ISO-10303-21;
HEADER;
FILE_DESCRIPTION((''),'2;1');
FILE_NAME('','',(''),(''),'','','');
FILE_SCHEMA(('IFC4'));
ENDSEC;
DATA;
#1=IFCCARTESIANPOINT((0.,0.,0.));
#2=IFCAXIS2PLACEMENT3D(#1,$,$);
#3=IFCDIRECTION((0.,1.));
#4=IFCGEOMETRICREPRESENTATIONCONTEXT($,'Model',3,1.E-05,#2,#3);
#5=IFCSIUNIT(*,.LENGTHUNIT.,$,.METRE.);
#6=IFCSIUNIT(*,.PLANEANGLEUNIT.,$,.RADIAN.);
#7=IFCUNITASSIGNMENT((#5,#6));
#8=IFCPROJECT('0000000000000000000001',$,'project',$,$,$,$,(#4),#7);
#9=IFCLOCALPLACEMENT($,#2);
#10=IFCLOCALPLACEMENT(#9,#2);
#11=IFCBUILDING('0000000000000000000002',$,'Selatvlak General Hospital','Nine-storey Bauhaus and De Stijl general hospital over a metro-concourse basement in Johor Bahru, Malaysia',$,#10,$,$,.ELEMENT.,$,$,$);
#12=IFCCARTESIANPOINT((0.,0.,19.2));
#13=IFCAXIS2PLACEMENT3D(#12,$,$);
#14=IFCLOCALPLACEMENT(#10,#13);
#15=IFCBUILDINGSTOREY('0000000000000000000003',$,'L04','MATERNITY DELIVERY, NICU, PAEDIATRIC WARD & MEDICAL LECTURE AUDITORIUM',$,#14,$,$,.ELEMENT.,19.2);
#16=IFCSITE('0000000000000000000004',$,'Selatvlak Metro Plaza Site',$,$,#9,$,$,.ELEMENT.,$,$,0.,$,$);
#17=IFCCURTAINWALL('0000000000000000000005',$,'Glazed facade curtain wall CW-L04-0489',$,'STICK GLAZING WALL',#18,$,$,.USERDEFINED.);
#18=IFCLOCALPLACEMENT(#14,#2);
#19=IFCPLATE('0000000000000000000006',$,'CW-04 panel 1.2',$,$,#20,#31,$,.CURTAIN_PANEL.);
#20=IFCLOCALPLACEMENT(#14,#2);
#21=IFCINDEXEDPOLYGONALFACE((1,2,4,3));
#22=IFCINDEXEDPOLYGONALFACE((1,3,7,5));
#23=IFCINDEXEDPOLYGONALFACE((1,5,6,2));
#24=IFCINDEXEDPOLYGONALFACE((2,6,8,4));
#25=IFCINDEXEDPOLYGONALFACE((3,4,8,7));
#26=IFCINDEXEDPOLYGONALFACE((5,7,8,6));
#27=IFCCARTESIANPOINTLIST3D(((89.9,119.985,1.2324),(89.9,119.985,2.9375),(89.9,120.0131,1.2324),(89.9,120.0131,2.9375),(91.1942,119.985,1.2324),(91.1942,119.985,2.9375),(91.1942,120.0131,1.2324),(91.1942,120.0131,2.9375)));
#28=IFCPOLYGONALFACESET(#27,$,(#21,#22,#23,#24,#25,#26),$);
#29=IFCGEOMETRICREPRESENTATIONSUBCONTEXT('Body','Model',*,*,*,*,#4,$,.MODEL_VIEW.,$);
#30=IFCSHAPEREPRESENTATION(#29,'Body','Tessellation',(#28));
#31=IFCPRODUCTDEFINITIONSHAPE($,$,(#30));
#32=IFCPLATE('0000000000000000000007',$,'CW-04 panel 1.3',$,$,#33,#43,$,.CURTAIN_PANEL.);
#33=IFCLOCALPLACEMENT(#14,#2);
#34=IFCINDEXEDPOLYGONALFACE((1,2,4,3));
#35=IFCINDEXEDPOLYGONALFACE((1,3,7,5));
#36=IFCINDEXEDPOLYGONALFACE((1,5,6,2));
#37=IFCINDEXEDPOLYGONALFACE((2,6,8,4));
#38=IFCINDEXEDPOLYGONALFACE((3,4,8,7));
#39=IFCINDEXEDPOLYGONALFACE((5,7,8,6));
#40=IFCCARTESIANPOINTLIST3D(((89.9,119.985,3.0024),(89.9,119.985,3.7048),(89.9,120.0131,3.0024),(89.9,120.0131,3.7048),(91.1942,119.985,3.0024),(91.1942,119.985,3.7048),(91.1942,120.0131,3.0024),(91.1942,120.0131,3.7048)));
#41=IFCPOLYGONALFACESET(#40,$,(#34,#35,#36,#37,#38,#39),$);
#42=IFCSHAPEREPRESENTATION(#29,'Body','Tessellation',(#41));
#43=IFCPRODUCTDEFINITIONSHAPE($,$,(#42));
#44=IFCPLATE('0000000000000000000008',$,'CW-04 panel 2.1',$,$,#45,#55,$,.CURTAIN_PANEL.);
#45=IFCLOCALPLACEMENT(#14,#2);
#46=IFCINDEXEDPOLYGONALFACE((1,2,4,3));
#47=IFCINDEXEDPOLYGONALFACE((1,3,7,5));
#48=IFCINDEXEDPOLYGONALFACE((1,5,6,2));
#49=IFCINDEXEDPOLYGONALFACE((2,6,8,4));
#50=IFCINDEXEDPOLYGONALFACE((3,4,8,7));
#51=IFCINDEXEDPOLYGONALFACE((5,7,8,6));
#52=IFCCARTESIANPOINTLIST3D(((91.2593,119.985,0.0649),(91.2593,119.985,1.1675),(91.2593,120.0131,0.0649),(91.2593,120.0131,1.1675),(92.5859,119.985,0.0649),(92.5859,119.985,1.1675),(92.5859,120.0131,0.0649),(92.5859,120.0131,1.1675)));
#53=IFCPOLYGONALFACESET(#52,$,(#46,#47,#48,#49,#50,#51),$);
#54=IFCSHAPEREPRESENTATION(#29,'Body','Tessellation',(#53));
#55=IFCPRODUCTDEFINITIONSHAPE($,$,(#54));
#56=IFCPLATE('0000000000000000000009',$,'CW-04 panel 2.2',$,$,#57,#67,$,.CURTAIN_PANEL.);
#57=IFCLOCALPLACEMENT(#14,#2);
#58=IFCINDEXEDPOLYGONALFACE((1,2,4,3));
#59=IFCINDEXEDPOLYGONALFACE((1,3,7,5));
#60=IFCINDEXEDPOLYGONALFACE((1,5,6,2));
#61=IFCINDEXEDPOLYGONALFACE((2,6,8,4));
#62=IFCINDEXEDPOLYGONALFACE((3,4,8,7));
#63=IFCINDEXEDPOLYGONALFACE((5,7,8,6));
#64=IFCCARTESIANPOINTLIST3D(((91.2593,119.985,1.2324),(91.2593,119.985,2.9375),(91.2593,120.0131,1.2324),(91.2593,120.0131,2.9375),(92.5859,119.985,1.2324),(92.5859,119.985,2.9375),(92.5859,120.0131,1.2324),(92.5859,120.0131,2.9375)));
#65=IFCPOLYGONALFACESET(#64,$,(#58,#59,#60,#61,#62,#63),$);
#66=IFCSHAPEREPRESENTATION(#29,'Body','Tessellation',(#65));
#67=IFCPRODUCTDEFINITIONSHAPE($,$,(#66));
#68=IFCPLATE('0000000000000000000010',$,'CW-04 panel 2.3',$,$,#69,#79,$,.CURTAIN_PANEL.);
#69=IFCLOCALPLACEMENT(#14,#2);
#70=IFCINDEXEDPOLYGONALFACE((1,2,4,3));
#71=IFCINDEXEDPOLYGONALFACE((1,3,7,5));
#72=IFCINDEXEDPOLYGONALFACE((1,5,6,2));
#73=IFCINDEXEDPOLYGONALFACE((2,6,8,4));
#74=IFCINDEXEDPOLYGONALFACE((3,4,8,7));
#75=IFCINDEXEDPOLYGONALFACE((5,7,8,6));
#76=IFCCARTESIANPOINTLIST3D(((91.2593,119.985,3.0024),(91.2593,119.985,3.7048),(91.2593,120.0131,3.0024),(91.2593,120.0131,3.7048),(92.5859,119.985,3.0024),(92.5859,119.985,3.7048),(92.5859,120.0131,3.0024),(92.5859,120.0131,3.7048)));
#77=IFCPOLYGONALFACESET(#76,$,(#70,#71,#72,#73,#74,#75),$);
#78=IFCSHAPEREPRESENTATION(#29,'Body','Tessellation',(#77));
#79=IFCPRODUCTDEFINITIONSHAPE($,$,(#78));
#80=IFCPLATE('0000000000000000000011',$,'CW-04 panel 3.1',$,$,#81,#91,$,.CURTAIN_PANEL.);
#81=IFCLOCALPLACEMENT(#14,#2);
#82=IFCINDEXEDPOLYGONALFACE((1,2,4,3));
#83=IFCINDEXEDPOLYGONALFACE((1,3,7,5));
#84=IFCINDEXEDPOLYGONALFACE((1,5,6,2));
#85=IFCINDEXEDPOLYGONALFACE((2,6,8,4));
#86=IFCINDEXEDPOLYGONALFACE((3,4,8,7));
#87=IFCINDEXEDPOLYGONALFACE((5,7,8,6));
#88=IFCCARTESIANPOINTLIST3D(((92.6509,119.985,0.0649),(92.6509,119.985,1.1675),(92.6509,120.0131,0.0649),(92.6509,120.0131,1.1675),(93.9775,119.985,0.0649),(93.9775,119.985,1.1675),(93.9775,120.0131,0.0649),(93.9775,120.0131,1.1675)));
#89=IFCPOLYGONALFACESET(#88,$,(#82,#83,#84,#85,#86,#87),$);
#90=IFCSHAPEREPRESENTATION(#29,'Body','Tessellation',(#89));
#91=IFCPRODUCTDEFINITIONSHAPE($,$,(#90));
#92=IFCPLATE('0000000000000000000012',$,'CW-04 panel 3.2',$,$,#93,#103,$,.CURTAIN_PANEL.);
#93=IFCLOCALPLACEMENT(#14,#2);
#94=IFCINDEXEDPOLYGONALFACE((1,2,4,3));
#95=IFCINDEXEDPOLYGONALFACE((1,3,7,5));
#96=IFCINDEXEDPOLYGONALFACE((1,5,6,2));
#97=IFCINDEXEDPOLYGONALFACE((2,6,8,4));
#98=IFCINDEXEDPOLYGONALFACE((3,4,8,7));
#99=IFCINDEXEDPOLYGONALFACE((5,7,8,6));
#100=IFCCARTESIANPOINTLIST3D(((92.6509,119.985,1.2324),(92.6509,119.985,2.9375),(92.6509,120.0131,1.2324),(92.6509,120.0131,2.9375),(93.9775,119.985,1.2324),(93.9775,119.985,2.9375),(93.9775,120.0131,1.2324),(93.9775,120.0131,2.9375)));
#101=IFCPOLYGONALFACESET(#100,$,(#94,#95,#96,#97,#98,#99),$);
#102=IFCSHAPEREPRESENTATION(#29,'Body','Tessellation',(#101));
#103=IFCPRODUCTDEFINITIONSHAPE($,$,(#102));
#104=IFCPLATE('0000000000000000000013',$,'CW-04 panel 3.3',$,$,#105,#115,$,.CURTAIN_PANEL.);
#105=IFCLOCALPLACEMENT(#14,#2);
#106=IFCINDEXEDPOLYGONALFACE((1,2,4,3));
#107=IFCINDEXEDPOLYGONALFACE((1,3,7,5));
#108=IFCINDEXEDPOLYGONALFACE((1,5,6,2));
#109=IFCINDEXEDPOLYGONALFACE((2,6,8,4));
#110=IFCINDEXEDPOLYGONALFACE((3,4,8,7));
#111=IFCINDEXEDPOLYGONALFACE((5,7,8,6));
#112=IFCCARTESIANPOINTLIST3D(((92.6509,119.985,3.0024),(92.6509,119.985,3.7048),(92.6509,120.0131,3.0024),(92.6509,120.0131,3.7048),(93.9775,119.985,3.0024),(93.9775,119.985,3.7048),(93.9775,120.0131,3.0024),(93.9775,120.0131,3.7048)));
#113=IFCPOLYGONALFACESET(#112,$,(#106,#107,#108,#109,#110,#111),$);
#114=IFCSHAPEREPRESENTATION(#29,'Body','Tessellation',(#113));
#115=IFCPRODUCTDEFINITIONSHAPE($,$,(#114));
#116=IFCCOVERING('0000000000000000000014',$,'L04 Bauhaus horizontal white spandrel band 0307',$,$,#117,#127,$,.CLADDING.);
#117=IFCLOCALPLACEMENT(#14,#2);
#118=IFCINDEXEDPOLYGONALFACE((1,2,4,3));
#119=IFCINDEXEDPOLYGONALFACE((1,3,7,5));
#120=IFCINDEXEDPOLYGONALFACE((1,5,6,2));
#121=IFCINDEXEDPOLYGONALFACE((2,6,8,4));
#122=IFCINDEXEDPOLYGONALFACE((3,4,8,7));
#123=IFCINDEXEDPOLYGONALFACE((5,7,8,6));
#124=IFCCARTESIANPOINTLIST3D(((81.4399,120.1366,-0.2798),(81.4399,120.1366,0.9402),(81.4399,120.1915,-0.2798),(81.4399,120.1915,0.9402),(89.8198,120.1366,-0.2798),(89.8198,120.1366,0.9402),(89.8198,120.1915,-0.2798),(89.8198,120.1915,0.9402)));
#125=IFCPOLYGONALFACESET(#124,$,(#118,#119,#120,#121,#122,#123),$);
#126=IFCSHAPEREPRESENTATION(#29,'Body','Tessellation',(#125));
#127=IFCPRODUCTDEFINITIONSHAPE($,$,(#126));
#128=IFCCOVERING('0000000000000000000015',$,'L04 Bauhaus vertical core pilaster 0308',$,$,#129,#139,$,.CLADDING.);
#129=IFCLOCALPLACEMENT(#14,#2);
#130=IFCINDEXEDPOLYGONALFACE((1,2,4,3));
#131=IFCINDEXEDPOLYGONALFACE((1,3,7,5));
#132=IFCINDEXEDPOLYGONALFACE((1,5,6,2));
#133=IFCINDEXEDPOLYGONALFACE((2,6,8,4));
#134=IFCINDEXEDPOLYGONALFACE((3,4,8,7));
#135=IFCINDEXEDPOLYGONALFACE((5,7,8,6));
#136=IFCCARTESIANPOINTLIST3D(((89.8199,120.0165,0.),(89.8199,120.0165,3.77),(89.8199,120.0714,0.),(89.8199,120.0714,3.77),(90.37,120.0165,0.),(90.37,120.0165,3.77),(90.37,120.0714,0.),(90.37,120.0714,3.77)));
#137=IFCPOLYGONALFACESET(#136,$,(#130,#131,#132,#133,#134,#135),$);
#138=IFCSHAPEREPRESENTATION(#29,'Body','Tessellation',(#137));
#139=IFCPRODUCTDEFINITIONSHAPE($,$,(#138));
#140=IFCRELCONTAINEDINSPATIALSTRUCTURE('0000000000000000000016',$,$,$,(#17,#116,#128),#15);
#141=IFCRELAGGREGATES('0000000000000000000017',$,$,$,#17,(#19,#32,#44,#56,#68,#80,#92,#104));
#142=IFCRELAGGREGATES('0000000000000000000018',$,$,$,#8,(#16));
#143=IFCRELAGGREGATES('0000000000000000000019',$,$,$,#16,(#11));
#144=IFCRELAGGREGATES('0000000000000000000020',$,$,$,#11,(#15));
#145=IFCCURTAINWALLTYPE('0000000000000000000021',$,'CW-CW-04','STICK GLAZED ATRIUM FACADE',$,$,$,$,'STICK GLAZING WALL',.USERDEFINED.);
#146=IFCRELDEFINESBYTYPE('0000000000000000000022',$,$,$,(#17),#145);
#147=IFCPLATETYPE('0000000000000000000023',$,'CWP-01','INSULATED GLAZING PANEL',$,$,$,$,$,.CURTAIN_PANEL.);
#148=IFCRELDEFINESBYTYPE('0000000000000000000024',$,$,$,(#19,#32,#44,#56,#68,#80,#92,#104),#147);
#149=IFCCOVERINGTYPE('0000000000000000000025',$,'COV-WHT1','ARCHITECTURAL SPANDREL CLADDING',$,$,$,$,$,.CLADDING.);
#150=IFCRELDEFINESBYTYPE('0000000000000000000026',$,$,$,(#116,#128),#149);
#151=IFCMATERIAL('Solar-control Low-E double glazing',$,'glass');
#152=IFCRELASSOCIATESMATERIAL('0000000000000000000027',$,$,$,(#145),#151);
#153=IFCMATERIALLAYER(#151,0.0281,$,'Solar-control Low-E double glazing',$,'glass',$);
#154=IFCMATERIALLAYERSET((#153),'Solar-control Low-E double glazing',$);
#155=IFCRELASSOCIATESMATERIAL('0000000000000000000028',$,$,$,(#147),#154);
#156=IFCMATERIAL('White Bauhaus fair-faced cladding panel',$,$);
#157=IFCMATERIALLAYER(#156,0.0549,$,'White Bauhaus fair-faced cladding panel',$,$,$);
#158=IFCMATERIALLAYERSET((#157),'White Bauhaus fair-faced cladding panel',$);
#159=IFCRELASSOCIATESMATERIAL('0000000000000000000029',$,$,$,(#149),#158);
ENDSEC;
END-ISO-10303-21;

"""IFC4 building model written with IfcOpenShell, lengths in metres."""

from ifc_helpers import new_model, si_unit, direction, frame, origin, origin_2d, place, context, subcontext, project, spatial, rectangle, extrude, material, layer, layer_set, type_object, element, aggregate, save


model = new_model("IFC4")

# Units and contexts
model_context = context("Model", 3, precision=1e-05, world=origin(), true_north=direction((0.0, 1.0)))
body_context = subcontext(model_context, "Body", "Model", "MODEL_VIEW")
ifc_project = project(units=[si_unit("LENGTHUNIT", "METRE"), si_unit("PLANEANGLEUNIT", "RADIAN")], contexts=[model_context])

# Site, building, storey
site_placement = place(None, origin())
site = spatial("IfcSite", under=ifc_project, at=site_placement, Name="Selatvlak Metro Plaza Site", CompositionType="ELEMENT", RefElevation=0.0)
building_placement = place(site_placement, origin())
building = spatial("IfcBuilding", under=site, at=building_placement, Name="Selatvlak General Hospital", Description="Nine-storey Bauhaus and De Stijl general hospital over a metro-concourse basement in Johor Bahru, Malaysia", CompositionType="ELEMENT")
storey_placement = place(building_placement, frame((0.0, 0.0, 19.2)))
storey = spatial("IfcBuildingStorey", under=building, at=storey_placement, Name="L04", Description="MATERNITY DELIVERY, NICU, PAEDIATRIC WARD & MEDICAL LECTURE AUDITORIUM", CompositionType="ELEMENT", Elevation=19.2)

# Curtain wall
ifc_material_1 = material(Name="Solar-control Low-E double glazing", Category="glass")
curtain_wall_type_1 = type_object("IfcCurtainWallType", Name="CW-CW-04", Description="STICK GLAZED ATRIUM FACADE", ElementType="STICK GLAZING WALL", PredefinedType="USERDEFINED", material=ifc_material_1)
curtain_wall_1_placement = place(storey_placement, origin())
curtain_wall_1 = element("IfcCurtainWall", 1, at=curtain_wall_1_placement, inside=storey, type_object=curtain_wall_type_1, Name="Glazed facade curtain wall CW-L04-0489", ObjectType="STICK GLAZING WALL", PredefinedType="USERDEFINED")

# Plates
ifc_layer_1 = layer(ifc_material_1, 0.0281, Name="Solar-control Low-E double glazing", Category="glass")
ifc_layer_set_1 = layer_set([ifc_layer_1], Name="Solar-control Low-E double glazing")
plate_type = type_object("IfcPlateType", Name="CWP-01", Description="INSULATED GLAZING PANEL", PredefinedType="CURTAIN_PANEL", material=ifc_layer_set_1)
plate_1_placement = place(storey_placement, frame((90.5471, 119.999, 1.2324), z_axis=(0.0, 0.0, 1.0), x_axis=(1.0, 0.0, 0.0)))
plate_1 = element("IfcPlate", 2, at=plate_1_placement, type_object=plate_type, Name="CW-04 panel 1.2", PredefinedType="CURTAIN_PANEL", context=body_context, shape_type="SweptSolid", body=[
    extrude(rectangle(XDim=1.2942, YDim=0.0281, at=origin_2d()), origin(), (0.0, 0.0, 1.0), 1.7051),
])
plate_2_placement = place(storey_placement, frame((90.5471, 119.999, 3.0024), z_axis=(0.0, 0.0, 1.0), x_axis=(1.0, 0.0, 0.0)))
plate_2 = element("IfcPlate", 3, at=plate_2_placement, type_object=plate_type, Name="CW-04 panel 1.3", PredefinedType="CURTAIN_PANEL", context=body_context, shape_type="SweptSolid", body=[
    extrude(rectangle(XDim=1.2942, YDim=0.0281, at=origin_2d()), origin(), (0.0, 0.0, 1.0), 0.7024),
])
plate_3_placement = place(storey_placement, frame((91.9226, 119.999, 0.0649), z_axis=(0.0, 0.0, 1.0), x_axis=(1.0, 0.0, 0.0)))
plate_3 = element("IfcPlate", 4, at=plate_3_placement, type_object=plate_type, Name="CW-04 panel 2.1", PredefinedType="CURTAIN_PANEL", context=body_context, shape_type="SweptSolid", body=[
    extrude(rectangle(XDim=1.3267, YDim=0.0281, at=origin_2d()), origin(), (0.0, 0.0, 1.0), 1.1025),
])
plate_4_placement = place(storey_placement, frame((91.9226, 119.999, 1.2324), z_axis=(0.0, 0.0, 1.0), x_axis=(1.0, 0.0, 0.0)))
plate_4 = element("IfcPlate", 5, at=plate_4_placement, type_object=plate_type, Name="CW-04 panel 2.2", PredefinedType="CURTAIN_PANEL", context=body_context, shape_type="SweptSolid", body=[
    extrude(rectangle(XDim=1.3267, YDim=0.0281, at=origin_2d()), origin(), (0.0, 0.0, 1.0), 1.7051),
])
plate_5_placement = place(storey_placement, frame((91.9226, 119.999, 3.0024), z_axis=(0.0, 0.0, 1.0), x_axis=(1.0, 0.0, 0.0)))
plate_5 = element("IfcPlate", 6, at=plate_5_placement, type_object=plate_type, Name="CW-04 panel 2.3", PredefinedType="CURTAIN_PANEL", context=body_context, shape_type="SweptSolid", body=[
    extrude(rectangle(XDim=1.3267, YDim=0.0281, at=origin_2d()), origin(), (0.0, 0.0, 1.0), 0.7024),
])
plate_6_placement = place(storey_placement, frame((93.3142, 119.999, 0.0649), z_axis=(0.0, 0.0, 1.0), x_axis=(1.0, 0.0, 0.0)))
plate_6 = element("IfcPlate", 7, at=plate_6_placement, type_object=plate_type, Name="CW-04 panel 3.1", PredefinedType="CURTAIN_PANEL", context=body_context, shape_type="SweptSolid", body=[
    extrude(rectangle(XDim=1.3267, YDim=0.0281, at=origin_2d()), origin(), (0.0, 0.0, 1.0), 1.1025),
])
plate_7_placement = place(storey_placement, frame((93.3142, 119.999, 1.2324), z_axis=(0.0, 0.0, 1.0), x_axis=(1.0, 0.0, 0.0)))
plate_7 = element("IfcPlate", 8, at=plate_7_placement, type_object=plate_type, Name="CW-04 panel 3.2", PredefinedType="CURTAIN_PANEL", context=body_context, shape_type="SweptSolid", body=[
    extrude(rectangle(XDim=1.3267, YDim=0.0281, at=origin_2d()), origin(), (0.0, 0.0, 1.0), 1.7051),
])
plate_8_placement = place(storey_placement, frame((93.3142, 119.999, 3.0024), z_axis=(0.0, 0.0, 1.0), x_axis=(1.0, 0.0, 0.0)))
plate_8 = element("IfcPlate", 9, at=plate_8_placement, type_object=plate_type, Name="CW-04 panel 3.3", PredefinedType="CURTAIN_PANEL", context=body_context, shape_type="SweptSolid", body=[
    extrude(rectangle(XDim=1.3267, YDim=0.0281, at=origin_2d()), origin(), (0.0, 0.0, 1.0), 0.7024),
])
aggregate(curtain_wall_1, [plate_1, plate_2, plate_3, plate_4, plate_5, plate_6, plate_7, plate_8])

# Coverings
ifc_material_2 = material(Name="White Bauhaus fair-faced cladding panel")
ifc_layer_2 = layer(ifc_material_2, 0.0549, Name="White Bauhaus fair-faced cladding panel")
ifc_layer_set_2 = layer_set([ifc_layer_2], Name="White Bauhaus fair-faced cladding panel")
covering_type = type_object("IfcCoveringType", Name="COV-WHT1", Description="ARCHITECTURAL SPANDREL CLADDING", PredefinedType="CLADDING", material=ifc_layer_set_2)
covering_1_placement = place(storey_placement, frame((85.6299, 120.1641, -0.2798), z_axis=(0.0, 0.0, 1.0), x_axis=(1.0, 0.0, 0.0)))
element("IfcCovering", 10, at=covering_1_placement, inside=storey, type_object=covering_type, Name="L04 Bauhaus horizontal white spandrel band 0307", PredefinedType="CLADDING", context=body_context, shape_type="SweptSolid", body=[
    extrude(rectangle(XDim=8.3799, YDim=0.0549, at=origin_2d()), origin(), (0.0, 0.0, 1.0), 1.22),
])
covering_2_placement = place(storey_placement, frame((90.095, 120.0439, 0.0), z_axis=(0.0, 0.0, 1.0), x_axis=(1.0, 0.0, 0.0)))
element("IfcCovering", 11, at=covering_2_placement, inside=storey, type_object=covering_type, Name="L04 Bauhaus vertical core pilaster 0308", PredefinedType="CLADDING", context=body_context, shape_type="SweptSolid", body=[
    extrude(rectangle(XDim=0.55, YDim=0.0549, at=origin_2d()), origin(), (0.0, 0.0, 1.0), 3.77),
])

save(model, "model.ifc")
